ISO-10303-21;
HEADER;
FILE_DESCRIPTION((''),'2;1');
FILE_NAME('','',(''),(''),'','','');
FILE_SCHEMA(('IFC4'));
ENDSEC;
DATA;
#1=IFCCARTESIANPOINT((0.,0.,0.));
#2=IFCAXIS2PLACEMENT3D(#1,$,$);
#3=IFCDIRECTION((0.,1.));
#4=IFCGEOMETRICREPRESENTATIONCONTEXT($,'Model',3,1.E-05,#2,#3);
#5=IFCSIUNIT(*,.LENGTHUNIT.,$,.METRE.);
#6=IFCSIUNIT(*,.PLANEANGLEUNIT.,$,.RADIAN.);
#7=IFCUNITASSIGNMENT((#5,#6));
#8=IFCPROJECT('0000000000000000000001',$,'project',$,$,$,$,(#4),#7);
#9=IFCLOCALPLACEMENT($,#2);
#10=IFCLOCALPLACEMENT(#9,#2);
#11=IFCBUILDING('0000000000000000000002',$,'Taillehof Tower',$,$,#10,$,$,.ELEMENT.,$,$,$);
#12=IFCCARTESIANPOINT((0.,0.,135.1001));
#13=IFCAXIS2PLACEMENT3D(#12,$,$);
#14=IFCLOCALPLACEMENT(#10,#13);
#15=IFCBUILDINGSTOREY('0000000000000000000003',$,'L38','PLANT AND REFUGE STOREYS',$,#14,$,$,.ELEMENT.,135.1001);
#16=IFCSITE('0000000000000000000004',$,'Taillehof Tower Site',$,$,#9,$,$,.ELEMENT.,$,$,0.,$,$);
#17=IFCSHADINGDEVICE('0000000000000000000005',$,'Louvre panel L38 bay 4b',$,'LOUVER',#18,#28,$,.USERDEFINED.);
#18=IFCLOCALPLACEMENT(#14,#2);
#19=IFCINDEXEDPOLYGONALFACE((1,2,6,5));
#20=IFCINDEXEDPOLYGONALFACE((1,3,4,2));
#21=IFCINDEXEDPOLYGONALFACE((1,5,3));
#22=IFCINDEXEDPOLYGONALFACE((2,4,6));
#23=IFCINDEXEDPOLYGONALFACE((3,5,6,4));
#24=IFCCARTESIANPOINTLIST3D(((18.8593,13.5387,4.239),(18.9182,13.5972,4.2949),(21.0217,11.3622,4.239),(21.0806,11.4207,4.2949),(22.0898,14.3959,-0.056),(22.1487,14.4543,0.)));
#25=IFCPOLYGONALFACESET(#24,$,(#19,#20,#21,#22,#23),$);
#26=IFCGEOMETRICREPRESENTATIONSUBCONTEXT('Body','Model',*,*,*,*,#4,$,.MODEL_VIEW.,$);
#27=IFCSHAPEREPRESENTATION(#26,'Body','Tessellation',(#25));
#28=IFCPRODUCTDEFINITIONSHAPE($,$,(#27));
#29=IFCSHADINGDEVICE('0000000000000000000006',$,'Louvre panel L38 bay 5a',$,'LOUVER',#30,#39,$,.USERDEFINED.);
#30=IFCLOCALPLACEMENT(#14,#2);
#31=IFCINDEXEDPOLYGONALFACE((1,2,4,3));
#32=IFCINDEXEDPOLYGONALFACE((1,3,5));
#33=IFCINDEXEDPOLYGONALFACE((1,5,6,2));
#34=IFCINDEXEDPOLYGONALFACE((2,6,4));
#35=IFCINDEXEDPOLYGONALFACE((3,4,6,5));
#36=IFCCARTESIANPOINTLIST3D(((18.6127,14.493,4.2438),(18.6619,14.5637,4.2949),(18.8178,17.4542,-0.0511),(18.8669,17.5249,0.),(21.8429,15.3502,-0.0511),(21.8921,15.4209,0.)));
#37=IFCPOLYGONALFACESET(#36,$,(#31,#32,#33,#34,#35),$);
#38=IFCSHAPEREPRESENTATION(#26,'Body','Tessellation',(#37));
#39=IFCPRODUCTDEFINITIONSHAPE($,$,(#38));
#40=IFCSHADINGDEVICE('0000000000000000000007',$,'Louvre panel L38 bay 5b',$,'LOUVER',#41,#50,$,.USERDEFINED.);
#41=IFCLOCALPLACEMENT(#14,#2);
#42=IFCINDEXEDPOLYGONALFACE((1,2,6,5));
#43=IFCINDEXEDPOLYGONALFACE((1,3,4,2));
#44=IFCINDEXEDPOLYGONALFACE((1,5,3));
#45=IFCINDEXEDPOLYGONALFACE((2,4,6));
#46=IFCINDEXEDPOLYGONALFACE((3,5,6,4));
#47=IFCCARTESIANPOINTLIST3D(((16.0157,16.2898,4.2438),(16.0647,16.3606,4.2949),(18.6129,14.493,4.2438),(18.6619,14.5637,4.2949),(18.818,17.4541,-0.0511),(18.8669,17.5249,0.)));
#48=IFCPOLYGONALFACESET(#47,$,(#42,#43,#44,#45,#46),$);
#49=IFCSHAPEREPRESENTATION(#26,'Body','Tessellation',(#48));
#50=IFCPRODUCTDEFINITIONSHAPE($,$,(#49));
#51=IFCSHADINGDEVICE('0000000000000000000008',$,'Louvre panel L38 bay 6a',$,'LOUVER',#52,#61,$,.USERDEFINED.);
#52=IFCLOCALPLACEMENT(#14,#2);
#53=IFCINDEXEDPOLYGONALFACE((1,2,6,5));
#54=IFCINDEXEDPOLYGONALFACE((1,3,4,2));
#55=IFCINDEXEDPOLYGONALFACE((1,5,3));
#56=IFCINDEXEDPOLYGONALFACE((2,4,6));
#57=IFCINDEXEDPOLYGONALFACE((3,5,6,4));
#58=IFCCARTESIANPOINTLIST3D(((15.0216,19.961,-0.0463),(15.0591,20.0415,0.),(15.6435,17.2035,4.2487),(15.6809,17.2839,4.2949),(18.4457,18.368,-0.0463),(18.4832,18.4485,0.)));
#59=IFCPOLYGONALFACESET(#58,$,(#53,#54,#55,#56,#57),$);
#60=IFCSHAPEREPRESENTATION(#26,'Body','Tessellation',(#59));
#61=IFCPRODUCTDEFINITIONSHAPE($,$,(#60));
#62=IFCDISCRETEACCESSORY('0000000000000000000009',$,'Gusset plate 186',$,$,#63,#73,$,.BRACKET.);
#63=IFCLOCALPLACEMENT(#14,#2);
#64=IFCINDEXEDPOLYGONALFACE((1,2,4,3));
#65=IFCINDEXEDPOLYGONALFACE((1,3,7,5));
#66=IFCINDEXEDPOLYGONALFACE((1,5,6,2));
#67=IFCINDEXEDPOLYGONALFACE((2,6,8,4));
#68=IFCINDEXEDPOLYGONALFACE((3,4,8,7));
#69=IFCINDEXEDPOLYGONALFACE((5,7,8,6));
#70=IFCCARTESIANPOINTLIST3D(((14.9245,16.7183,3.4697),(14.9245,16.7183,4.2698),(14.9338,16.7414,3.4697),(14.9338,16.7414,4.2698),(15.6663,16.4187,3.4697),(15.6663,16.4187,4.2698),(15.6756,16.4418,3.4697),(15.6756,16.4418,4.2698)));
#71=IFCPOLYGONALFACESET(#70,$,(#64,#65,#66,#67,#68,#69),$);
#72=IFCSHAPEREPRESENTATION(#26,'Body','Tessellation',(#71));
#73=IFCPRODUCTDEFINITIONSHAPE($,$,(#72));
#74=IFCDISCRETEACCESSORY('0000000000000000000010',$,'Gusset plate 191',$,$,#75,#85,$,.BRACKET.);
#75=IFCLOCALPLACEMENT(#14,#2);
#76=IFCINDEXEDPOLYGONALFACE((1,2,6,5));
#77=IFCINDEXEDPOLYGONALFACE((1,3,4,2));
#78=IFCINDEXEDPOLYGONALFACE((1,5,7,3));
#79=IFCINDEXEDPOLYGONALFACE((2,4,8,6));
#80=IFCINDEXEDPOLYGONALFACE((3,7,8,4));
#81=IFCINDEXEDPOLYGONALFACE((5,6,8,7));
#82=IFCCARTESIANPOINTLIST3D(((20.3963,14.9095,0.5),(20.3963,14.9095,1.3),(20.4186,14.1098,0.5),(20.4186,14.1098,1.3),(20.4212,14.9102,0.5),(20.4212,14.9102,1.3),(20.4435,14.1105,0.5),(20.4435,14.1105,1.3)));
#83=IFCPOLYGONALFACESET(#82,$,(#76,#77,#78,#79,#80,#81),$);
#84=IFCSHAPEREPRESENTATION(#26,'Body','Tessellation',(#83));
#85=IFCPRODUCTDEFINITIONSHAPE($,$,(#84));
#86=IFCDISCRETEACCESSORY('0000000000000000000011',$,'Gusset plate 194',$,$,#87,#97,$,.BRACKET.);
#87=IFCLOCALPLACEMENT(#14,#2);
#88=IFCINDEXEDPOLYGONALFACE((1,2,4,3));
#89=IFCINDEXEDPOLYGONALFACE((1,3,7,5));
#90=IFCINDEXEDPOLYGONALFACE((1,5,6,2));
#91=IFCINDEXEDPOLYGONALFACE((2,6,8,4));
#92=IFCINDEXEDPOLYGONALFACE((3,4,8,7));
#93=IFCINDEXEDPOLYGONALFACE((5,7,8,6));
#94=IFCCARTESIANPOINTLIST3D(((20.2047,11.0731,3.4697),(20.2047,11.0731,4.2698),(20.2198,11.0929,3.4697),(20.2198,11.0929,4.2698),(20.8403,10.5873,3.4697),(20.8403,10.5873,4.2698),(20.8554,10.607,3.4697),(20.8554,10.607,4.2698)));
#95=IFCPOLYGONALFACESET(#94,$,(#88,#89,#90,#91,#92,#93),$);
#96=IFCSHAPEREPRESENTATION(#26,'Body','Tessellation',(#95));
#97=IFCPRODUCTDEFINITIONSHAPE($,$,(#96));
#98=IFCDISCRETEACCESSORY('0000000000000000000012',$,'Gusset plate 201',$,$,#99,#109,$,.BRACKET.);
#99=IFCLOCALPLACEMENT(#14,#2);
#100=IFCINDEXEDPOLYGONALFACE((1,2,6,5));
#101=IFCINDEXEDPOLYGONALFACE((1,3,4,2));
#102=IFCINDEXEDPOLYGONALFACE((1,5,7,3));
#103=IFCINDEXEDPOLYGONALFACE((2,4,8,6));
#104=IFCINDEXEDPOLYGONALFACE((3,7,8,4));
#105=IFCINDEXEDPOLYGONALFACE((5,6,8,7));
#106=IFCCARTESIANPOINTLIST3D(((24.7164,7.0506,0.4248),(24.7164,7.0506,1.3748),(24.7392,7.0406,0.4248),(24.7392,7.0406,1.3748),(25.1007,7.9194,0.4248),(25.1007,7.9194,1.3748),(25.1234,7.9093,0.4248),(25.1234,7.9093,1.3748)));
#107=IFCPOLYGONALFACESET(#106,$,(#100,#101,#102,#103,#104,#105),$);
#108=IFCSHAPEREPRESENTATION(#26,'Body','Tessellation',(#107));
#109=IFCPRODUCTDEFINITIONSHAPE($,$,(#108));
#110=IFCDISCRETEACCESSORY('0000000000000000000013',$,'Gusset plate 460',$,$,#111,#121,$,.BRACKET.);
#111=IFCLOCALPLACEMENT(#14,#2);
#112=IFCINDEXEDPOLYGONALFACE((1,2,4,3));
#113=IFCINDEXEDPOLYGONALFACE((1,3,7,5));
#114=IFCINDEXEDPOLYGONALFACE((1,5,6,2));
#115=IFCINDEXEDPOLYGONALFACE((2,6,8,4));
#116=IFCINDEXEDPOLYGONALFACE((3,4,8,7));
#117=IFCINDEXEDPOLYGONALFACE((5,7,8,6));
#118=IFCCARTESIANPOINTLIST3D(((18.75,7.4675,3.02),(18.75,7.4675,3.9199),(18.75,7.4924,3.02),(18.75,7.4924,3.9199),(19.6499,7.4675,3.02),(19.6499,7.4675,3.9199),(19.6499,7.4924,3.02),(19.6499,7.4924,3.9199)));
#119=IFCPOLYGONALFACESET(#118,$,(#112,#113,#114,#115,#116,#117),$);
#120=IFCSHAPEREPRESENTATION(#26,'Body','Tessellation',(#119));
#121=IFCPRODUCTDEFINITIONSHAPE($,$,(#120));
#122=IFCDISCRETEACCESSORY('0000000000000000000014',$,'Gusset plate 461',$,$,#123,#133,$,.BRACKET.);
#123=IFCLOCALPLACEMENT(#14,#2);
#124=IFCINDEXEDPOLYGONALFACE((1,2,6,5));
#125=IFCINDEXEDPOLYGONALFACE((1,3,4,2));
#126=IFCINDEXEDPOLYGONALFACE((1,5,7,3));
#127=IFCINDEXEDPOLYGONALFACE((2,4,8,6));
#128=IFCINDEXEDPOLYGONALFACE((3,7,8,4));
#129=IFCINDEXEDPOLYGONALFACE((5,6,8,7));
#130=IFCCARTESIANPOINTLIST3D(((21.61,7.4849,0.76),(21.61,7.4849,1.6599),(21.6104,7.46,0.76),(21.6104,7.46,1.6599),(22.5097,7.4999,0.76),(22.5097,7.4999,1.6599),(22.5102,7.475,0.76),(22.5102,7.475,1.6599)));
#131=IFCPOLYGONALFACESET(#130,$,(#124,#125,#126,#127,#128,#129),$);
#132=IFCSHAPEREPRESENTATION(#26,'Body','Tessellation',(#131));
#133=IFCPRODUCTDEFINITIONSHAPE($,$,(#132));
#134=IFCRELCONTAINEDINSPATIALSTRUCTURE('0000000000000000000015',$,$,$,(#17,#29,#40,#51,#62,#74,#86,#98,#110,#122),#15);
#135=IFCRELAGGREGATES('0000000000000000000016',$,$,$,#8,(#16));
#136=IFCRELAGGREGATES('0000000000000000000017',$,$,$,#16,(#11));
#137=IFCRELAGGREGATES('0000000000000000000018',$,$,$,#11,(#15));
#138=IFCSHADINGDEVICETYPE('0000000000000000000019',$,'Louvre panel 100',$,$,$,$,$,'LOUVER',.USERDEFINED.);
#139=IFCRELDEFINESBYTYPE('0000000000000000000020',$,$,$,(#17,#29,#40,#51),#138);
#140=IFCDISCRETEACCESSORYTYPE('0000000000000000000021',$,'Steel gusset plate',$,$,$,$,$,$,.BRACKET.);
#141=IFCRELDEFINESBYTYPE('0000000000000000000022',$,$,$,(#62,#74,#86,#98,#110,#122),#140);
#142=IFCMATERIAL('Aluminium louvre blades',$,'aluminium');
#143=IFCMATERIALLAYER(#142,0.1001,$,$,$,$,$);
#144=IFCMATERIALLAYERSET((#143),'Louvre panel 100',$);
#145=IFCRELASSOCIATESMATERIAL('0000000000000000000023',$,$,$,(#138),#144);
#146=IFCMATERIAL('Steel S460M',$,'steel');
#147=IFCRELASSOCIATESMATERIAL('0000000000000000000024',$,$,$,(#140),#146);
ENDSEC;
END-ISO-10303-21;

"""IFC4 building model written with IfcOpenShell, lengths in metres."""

from ifc_helpers import new_model, si_unit, direction, frame, origin, origin_2d, place, context, subcontext, project, spatial, polyline, rectangle, outline, extrude, material, layer, layer_set, type_object, element, save


model = new_model("IFC4")

# Units and contexts
model_context = context("Model", 3, precision=1e-05, world=origin(), true_north=direction((0.0, 1.0)))
body_context = subcontext(model_context, "Body", "Model", "MODEL_VIEW")
ifc_project = project(units=[si_unit("LENGTHUNIT", "METRE"), si_unit("PLANEANGLEUNIT", "RADIAN")], contexts=[model_context])

# Site, building, storey
site_placement = place(None, origin())
site = spatial("IfcSite", under=ifc_project, at=site_placement, Name="Taillehof Tower Site", CompositionType="ELEMENT", RefElevation=0.0)
building_placement = place(site_placement, origin())
building = spatial("IfcBuilding", under=site, at=building_placement, Name="Taillehof Tower", CompositionType="ELEMENT")
storey_placement = place(building_placement, frame((0.0, 0.0, 135.1001)))
storey = spatial("IfcBuildingStorey", under=building, at=storey_placement, Name="L38", Description="PLANT AND REFUGE STOREYS", CompositionType="ELEMENT", Elevation=135.1001)

# Shading devices
ifc_material_1 = material(Name="Aluminium louvre blades", Category="aluminium")
ifc_layer_1 = layer(ifc_material_1, 0.1001)
ifc_layer_set_1 = layer_set([ifc_layer_1], Name="Louvre panel 100")
shading_device_type = type_object("IfcShadingDeviceType", Name="Louvre panel 100", ElementType="LOUVER", PredefinedType="USERDEFINED", material=ifc_layer_set_1)
shading_device_1_placement = place(storey_placement, frame((22.1487, 14.4543, 0.0), z_axis=(0.588198, 0.584371, 0.559047), x_axis=(-0.593601, -0.157507, 0.789195)))
element("IfcShadingDevice", 1, at=shading_device_1_placement, inside=storey, type_object=shading_device_type, Name="Louvre panel L38 bay 4b", ObjectType="LOUVER", PredefinedType="USERDEFINED", context=body_context, shape_type="SweptSolid", body=[
    extrude(outline(polyline([(0.0, 0.0), (5.4422, 0.0), (4.5014, 2.9203), (0.0, 0.0)])), origin(), (0.0, 0.0, -1.0), 0.1001),
])
shading_device_2_placement = place(storey_placement, frame((21.8921, 15.4209, 0.0), z_axis=(0.491063, 0.706052, 0.510243), x_axis=(-0.820962, 0.570983, 0.0)))
element("IfcShadingDevice", 2, at=shading_device_2_placement, inside=storey, type_object=shading_device_type, Name="Louvre panel L38 bay 5a", ObjectType="LOUVER", PredefinedType="USERDEFINED", context=body_context, shape_type="SweptSolid", body=[
    extrude(outline(polyline([(0.0, 0.0), (3.6849, 0.0), (2.1625, 4.9939), (0.0, 0.0)])), origin(), (0.0, 0.0, -1.0), 0.1001),
])
shading_device_3_placement = place(storey_placement, frame((18.8669, 17.5249, 0.0), z_axis=(0.489136, 0.706988, 0.510797), x_axis=(-0.532872, -0.221403, 0.816718)))
element("IfcShadingDevice", 3, at=shading_device_3_placement, inside=storey, type_object=shading_device_type, Name="Louvre panel L38 bay 5b", ObjectType="LOUVER", PredefinedType="USERDEFINED", context=body_context, shape_type="SweptSolid", body=[
    extrude(outline(polyline([(0.0, 0.0), (5.2588, 0.0), (4.2726, 3.0003), (0.0, 0.0)])), origin(), (0.0, 0.0, -1.0), 0.1001),
])
shading_device_4_placement = place(storey_placement, frame((18.4832, 18.4485, 0.0), z_axis=(0.374086, 0.80407, 0.462095), x_axis=(-0.906678, 0.421823, 0.0)))
element("IfcShadingDevice", 4, at=shading_device_4_placement, inside=storey, type_object=shading_device_type, Name="Louvre panel L38 bay 6a", ObjectType="LOUVER", PredefinedType="USERDEFINED", context=body_context, shape_type="SweptSolid", body=[
    extrude(outline(polyline([(0.0, 0.0), (3.7765, 0.0), (2.0495, 4.843), (0.0, 0.0)])), origin(), (0.0, 0.0, -1.0), 0.1001),
])

# Discrete accessories
ifc_material_2 = material(Name="Steel S460M", Category="steel")
discrete_accessory_type = type_object("IfcDiscreteAccessoryType", Name="Steel gusset plate", PredefinedType="BRACKET", material=ifc_material_2)
for number, where, z_axis, x_axis, name in (
    (5, (15.3, 16.5801, 3.4697), (0.0, 0.0, 1.0), (-0.927251, 0.374442, 0.0), "Gusset plate 186"),
    (6, (20.4199, 14.51, 0.5), (0.0, 0.0, 1.0), (-0.027878, 0.999611, 0.0), "Gusset plate 191"),
    (7, (20.53, 10.8401, 3.4697), (0.0, 0.0, 1.0), (-0.794468, 0.607307, 0.0), "Gusset plate 194"),
):
    element("IfcDiscreteAccessory", number, at=place(storey_placement, frame(where, z_axis=z_axis, x_axis=x_axis)), inside=storey, type_object=discrete_accessory_type, Name=name, PredefinedType="BRACKET", context=body_context, shape_type="SweptSolid", body=[
        extrude(rectangle(XDim=0.8, YDim=0.0249, at=origin_2d()), origin(), (0.0, 0.0, 1.0), 0.8),
    ])
discrete_accessory_placement = place(storey_placement, frame((24.9199, 7.48, 0.4248), z_axis=(0.0, 0.0, 1.0), x_axis=(0.404519, 0.91453, 0.0)))
element("IfcDiscreteAccessory", 8, at=discrete_accessory_placement, inside=storey, type_object=discrete_accessory_type, Name="Gusset plate 201", PredefinedType="BRACKET", context=body_context, shape_type="SweptSolid", body=[
    extrude(rectangle(XDim=0.95, YDim=0.0249, at=origin_2d()), origin(), (0.0, 0.0, 1.0), 0.95),
])
for number, where, z_axis, x_axis, name in (
    (9, (19.2, 7.48, 3.02), (0.0, 0.0, 1.0), (1.0, 0.0, 0.0), "Gusset plate 460"),
    (10, (22.0601, 7.48, 0.76), (0.0, 0.0, 1.0), (-0.999861, -0.016688, 0.0), "Gusset plate 461"),
):
    element("IfcDiscreteAccessory", number, at=place(storey_placement, frame(where, z_axis=z_axis, x_axis=x_axis)), inside=storey, type_object=discrete_accessory_type, Name=name, PredefinedType="BRACKET", context=body_context, shape_type="SweptSolid", body=[
        extrude(rectangle(XDim=0.8999, YDim=0.0249, at=origin_2d()), origin(), (0.0, 0.0, 1.0), 0.8999),
    ])

save(model, "model.ifc")
